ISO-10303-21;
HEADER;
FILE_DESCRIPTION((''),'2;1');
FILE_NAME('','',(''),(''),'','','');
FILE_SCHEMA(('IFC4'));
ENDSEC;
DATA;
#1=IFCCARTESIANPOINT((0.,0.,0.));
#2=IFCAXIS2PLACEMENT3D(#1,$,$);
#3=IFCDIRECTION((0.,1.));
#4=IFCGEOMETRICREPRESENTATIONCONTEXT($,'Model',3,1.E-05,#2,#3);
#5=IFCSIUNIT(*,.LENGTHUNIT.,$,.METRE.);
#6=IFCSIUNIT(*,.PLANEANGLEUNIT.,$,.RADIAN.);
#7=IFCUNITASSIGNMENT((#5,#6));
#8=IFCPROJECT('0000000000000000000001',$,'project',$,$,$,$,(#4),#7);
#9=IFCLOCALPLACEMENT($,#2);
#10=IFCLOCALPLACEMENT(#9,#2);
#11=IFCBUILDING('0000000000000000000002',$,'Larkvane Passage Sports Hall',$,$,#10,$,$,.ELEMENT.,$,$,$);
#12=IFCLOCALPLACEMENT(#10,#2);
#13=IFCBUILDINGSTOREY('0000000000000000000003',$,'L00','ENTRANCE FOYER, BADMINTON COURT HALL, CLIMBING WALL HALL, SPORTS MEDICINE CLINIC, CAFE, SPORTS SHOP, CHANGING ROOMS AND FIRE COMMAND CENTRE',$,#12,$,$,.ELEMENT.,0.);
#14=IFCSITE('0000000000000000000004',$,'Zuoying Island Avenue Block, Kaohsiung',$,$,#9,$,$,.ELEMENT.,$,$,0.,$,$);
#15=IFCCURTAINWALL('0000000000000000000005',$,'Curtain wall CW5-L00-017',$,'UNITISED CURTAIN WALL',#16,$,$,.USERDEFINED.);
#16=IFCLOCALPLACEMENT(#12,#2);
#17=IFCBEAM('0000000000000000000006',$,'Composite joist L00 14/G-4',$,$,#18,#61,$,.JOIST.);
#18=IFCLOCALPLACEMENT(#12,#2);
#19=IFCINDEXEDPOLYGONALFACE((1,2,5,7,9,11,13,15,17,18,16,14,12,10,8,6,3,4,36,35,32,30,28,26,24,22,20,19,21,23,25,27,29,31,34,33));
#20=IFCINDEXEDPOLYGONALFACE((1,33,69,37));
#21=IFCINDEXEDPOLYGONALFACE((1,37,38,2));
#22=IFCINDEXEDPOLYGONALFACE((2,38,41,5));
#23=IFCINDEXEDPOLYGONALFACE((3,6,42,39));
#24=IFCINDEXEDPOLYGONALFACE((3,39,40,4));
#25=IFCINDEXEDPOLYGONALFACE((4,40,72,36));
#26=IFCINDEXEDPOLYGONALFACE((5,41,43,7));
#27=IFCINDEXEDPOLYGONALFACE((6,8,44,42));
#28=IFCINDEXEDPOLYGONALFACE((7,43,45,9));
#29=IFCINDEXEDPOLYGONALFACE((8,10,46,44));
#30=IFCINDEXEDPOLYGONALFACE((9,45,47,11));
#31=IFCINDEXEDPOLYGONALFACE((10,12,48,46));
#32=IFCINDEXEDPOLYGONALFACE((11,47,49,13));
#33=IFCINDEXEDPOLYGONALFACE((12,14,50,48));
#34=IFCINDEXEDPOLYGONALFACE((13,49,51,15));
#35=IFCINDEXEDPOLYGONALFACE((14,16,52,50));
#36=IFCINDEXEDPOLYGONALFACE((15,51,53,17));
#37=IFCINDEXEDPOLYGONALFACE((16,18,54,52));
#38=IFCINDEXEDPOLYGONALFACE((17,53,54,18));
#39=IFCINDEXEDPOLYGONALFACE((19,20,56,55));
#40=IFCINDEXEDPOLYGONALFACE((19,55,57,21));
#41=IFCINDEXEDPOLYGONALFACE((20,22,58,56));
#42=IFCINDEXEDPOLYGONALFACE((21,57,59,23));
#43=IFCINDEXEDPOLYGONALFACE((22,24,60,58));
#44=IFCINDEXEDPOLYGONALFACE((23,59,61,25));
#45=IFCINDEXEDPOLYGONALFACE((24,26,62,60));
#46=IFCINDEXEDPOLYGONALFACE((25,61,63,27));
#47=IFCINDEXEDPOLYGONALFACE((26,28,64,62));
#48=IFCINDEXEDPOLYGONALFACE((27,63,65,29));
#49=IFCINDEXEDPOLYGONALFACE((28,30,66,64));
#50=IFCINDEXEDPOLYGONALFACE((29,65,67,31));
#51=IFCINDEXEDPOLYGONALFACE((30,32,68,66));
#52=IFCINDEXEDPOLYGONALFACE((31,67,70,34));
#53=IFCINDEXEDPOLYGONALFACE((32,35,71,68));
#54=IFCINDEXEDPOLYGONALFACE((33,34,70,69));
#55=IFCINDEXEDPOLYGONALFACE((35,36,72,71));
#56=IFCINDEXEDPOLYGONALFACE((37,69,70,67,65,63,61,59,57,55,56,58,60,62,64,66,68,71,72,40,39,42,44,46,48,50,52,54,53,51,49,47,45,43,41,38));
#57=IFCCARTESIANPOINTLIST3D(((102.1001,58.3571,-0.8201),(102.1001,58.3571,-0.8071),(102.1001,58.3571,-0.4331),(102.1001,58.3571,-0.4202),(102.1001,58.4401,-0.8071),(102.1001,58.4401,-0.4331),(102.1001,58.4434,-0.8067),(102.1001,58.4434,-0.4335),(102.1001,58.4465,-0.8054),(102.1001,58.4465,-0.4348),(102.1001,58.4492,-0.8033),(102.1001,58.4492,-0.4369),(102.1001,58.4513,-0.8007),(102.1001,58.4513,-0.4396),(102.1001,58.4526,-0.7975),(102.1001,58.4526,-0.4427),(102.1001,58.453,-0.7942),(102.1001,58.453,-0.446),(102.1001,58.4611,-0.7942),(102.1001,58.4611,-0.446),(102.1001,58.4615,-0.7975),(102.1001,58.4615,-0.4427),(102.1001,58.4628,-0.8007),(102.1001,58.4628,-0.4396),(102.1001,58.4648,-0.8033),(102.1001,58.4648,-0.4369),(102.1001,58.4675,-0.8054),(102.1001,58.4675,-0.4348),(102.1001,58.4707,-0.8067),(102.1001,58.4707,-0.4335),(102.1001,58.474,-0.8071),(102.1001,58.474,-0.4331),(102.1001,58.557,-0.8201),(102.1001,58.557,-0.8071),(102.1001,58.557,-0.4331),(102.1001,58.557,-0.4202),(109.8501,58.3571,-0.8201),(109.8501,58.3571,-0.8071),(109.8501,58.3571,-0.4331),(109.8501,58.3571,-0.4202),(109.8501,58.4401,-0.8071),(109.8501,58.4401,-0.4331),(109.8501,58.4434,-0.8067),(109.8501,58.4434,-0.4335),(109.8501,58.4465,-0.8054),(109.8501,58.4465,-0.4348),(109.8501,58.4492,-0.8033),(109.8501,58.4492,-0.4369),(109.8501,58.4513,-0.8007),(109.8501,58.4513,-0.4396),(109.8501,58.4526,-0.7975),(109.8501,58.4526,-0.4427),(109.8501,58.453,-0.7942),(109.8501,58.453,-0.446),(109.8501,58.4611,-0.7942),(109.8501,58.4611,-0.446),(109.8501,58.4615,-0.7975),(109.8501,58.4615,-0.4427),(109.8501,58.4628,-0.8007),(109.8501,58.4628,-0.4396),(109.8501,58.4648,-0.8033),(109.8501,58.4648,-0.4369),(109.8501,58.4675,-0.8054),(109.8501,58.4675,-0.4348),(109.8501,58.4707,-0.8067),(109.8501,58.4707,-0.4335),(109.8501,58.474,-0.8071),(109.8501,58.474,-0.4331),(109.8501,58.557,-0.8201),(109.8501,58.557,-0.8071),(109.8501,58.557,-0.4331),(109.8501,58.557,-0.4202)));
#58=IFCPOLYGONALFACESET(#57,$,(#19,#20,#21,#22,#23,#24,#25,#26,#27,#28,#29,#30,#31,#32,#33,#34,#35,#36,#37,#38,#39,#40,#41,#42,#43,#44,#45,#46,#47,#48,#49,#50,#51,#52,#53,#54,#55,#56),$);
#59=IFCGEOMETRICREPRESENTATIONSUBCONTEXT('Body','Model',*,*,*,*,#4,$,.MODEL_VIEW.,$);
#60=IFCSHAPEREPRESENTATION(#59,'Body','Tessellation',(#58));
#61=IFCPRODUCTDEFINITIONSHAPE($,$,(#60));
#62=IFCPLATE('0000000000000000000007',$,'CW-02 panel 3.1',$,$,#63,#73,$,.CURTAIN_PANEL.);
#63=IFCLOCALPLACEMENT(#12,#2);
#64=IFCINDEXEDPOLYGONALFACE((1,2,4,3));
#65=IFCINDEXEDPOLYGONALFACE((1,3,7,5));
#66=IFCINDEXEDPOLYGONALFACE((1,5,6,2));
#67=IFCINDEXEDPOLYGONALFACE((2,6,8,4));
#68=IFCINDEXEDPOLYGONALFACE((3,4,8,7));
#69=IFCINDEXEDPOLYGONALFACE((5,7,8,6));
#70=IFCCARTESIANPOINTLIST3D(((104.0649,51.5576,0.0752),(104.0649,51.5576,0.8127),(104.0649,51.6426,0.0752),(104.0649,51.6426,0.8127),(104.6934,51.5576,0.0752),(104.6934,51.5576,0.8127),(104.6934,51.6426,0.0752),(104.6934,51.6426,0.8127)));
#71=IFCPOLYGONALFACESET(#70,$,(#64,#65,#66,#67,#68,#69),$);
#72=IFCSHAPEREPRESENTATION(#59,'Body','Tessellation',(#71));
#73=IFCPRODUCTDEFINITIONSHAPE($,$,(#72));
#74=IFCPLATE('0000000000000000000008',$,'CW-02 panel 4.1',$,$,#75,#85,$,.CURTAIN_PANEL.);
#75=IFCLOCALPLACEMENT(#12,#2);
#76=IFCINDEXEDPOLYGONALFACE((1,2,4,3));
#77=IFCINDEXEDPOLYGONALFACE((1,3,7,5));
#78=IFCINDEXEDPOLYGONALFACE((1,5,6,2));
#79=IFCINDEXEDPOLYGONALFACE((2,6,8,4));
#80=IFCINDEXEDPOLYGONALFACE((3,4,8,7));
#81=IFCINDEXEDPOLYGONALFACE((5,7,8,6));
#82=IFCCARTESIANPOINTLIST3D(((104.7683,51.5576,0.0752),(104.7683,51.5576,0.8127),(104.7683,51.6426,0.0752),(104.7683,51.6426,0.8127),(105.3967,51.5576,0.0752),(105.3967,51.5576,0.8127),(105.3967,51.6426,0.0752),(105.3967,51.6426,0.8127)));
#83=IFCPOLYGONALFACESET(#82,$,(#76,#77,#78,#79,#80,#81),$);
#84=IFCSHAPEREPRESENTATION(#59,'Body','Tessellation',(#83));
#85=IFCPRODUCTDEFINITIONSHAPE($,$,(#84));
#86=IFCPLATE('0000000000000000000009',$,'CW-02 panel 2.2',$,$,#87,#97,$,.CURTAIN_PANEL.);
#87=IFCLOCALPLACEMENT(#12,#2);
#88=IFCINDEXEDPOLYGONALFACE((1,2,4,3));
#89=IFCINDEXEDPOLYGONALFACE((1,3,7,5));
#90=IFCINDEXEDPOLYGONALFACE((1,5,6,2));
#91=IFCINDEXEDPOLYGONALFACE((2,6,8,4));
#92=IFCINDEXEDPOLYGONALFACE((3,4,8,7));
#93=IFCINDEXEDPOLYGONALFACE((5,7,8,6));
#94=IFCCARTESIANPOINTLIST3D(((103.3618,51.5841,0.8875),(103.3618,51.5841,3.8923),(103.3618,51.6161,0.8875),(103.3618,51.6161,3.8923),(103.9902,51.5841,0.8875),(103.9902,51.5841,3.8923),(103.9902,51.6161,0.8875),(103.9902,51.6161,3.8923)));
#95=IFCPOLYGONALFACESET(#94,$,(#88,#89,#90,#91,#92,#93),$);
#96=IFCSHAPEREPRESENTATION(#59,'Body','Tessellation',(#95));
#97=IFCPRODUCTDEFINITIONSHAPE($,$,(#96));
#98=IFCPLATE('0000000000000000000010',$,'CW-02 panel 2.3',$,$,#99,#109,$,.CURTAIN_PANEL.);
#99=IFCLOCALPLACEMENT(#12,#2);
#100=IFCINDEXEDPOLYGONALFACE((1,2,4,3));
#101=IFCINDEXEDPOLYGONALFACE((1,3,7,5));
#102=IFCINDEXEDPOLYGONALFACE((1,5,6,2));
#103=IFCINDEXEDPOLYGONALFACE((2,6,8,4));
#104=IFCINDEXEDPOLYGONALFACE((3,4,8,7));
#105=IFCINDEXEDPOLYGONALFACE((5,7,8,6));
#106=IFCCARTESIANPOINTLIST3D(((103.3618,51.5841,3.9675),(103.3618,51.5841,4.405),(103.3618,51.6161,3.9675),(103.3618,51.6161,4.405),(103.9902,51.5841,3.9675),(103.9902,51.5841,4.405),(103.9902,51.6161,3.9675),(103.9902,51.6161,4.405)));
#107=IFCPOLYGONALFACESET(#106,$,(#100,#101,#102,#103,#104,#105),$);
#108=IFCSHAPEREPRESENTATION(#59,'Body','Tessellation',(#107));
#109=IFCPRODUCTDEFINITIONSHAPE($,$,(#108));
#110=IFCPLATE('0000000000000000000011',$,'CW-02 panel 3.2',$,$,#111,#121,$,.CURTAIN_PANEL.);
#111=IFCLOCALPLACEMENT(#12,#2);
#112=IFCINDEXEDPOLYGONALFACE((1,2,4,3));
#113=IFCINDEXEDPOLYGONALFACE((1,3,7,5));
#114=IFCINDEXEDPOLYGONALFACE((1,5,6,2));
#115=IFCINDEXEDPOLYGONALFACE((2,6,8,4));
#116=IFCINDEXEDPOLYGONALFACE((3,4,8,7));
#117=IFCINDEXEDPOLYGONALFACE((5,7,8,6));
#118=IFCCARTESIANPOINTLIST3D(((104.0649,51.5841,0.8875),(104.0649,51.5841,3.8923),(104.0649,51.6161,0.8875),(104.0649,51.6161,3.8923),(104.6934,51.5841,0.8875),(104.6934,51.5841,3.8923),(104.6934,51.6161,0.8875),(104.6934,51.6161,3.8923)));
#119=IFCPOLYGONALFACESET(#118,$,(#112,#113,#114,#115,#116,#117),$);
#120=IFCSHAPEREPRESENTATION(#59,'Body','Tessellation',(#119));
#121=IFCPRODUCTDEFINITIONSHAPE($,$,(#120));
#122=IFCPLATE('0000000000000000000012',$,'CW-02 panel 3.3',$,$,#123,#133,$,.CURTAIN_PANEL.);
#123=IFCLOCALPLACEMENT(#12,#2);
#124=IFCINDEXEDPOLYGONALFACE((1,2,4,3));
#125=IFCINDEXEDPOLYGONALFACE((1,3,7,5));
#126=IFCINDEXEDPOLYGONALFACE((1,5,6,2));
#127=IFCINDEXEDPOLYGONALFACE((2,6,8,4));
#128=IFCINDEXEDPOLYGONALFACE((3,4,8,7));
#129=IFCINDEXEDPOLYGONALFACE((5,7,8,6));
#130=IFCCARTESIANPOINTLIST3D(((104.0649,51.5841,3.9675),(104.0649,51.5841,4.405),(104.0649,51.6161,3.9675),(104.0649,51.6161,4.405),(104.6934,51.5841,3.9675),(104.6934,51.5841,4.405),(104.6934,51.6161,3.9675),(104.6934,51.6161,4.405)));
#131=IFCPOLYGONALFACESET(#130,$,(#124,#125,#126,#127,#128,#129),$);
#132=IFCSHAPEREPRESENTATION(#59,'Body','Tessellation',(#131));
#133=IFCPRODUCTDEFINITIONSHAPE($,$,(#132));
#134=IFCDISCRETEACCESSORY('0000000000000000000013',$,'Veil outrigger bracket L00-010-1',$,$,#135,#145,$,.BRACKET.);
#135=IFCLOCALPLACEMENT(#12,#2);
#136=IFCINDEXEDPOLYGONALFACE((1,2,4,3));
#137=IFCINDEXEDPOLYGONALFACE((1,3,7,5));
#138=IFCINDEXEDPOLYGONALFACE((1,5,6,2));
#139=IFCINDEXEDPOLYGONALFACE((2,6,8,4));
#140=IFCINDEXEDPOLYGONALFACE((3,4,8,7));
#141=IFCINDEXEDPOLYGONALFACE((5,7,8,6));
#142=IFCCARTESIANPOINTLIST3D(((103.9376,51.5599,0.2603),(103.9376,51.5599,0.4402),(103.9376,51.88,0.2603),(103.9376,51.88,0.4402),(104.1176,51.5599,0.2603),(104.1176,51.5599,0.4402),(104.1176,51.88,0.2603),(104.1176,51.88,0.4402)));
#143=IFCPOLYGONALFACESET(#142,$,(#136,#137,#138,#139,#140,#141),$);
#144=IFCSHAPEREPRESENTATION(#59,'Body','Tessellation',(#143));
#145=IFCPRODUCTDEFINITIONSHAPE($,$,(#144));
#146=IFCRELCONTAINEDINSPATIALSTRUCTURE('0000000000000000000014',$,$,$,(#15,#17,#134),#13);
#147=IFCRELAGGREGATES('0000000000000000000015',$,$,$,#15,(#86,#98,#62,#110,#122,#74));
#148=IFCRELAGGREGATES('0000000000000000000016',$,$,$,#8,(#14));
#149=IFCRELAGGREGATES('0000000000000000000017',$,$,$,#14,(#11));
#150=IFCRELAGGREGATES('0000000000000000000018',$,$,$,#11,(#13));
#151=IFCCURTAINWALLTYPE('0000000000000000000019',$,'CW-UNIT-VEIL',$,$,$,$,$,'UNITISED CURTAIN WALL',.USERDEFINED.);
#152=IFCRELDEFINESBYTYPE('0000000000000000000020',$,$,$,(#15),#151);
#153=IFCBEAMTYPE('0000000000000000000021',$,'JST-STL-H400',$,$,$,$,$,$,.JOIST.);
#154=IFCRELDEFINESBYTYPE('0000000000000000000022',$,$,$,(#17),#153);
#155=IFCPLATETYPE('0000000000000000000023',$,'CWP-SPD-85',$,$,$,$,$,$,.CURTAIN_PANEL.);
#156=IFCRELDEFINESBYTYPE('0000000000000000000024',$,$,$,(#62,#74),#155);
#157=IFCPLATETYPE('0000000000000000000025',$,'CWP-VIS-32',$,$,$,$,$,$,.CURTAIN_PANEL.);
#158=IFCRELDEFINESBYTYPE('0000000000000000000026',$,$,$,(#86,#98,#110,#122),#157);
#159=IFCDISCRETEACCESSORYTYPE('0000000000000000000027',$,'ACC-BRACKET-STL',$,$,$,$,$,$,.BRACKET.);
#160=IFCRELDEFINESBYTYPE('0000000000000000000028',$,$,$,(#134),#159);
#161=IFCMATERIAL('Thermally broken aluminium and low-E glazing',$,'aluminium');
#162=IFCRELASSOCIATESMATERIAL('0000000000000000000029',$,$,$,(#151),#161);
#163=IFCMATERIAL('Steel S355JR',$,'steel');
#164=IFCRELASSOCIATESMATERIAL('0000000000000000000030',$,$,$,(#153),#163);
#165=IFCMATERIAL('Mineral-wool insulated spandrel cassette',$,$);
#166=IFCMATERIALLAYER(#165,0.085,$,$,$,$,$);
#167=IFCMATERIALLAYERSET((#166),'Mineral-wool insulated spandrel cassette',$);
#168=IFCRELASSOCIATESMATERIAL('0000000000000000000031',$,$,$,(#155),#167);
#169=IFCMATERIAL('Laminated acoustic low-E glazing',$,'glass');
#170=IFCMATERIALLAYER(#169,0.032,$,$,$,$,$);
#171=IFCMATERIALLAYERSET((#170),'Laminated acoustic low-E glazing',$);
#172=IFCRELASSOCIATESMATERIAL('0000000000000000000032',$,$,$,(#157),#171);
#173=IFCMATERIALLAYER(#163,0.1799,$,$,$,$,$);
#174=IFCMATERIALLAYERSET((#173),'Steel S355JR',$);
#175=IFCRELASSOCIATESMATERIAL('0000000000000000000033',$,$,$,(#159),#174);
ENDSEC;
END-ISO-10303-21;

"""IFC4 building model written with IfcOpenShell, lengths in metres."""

from ifc_helpers import new_model, si_unit, direction, frame, origin, origin_2d, place, context, subcontext, project, spatial, rectangle, i_section, extrude, material, layer, layer_set, material_profile, profile_set, type_object, element, aggregate, save


model = new_model("IFC4")

# Units and contexts
model_context = context("Model", 3, precision=1e-05, world=origin(), true_north=direction((0.0, 1.0)))
body_context = subcontext(model_context, "Body", "Model", "MODEL_VIEW")
ifc_project = project(units=[si_unit("LENGTHUNIT", "METRE"), si_unit("PLANEANGLEUNIT", "RADIAN")], contexts=[model_context])

# Site, building, storey
site_placement = place(None, origin())
site = spatial("IfcSite", under=ifc_project, at=site_placement, Name="Zuoying Island Avenue Block, Kaohsiung", CompositionType="ELEMENT", RefElevation=0.0)
building_placement = place(site_placement, origin())
building = spatial("IfcBuilding", under=site, at=building_placement, Name="Larkvane Passage Sports Hall", CompositionType="ELEMENT")
storey_placement = place(building_placement, origin())
storey = spatial("IfcBuildingStorey", under=building, at=storey_placement, Name="L00", Description="ENTRANCE FOYER, BADMINTON COURT HALL, CLIMBING WALL HALL, SPORTS MEDICINE CLINIC, CAFE, SPORTS SHOP, CHANGING ROOMS AND FIRE COMMAND CENTRE", CompositionType="ELEMENT", Elevation=0.0)

# Curtain wall
ifc_material_1 = material(Name="Thermally broken aluminium and low-E glazing", Category="aluminium")
curtain_wall_type = type_object("IfcCurtainWallType", Name="CW-UNIT-VEIL", ElementType="UNITISED CURTAIN WALL", PredefinedType="USERDEFINED", material=ifc_material_1)
curtain_wall_placement = place(storey_placement, origin())
curtain_wall = element("IfcCurtainWall", 1, at=curtain_wall_placement, inside=storey, type_object=curtain_wall_type, Name="Curtain wall CW5-L00-017", ObjectType="UNITISED CURTAIN WALL", PredefinedType="USERDEFINED")

# Beam
ifc_material_2 = material(Name="Steel S355JR", Category="steel")
ifc_material_profile_1 = material_profile(ifc_material_2, i_section(OverallWidth=0.2, OverallDepth=0.3999, WebThickness=0.0081, FlangeThickness=0.0129, FilletRadius=0.0129, at=origin_2d()), Name="H-400x200x8x13")
ifc_profile_set_1 = profile_set([ifc_material_profile_1], Name="Steel S355JR")
beam_type_1 = type_object("IfcBeamType", Name="JST-STL-H400", PredefinedType="JOIST", material=ifc_profile_set_1)
beam_1_placement = place(storey_placement, frame((102.1001, 58.457, -0.6201), z_axis=(1.0, 0.0, 0.0), x_axis=(0.0, 1.0, 0.0)))
element("IfcBeam", 2, at=beam_1_placement, inside=storey, type_object=beam_type_1, Name="Composite joist L00 14/G-4", PredefinedType="JOIST", context=body_context, shape_type="SweptSolid", body=[
    extrude(i_section(OverallWidth=0.2, OverallDepth=0.3999, WebThickness=0.0081, FlangeThickness=0.0129, FilletRadius=0.0129, at=origin_2d()), origin(), (0.0, 0.0, 1.0), 7.75),
])

# Plates
ifc_material_3 = material(Name="Mineral-wool insulated spandrel cassette")
ifc_layer_1 = layer(ifc_material_3, 0.085)
ifc_layer_set_1 = layer_set([ifc_layer_1], Name="Mineral-wool insulated spandrel cassette")
plate_type_1 = type_object("IfcPlateType", Name="CWP-SPD-85", PredefinedType="CURTAIN_PANEL", material=ifc_layer_set_1)
plate_1_placement = place(storey_placement, frame((104.3792, 51.6001, 0.0752), z_axis=(0.0, 0.0, 1.0), x_axis=(1.0, 0.0, 0.0)))
plate_1 = element("IfcPlate", 3, at=plate_1_placement, type_object=plate_type_1, Name="CW-02 panel 3.1", PredefinedType="CURTAIN_PANEL", context=body_context, shape_type="SweptSolid", body=[
    extrude(rectangle(XDim=0.6284, YDim=0.085, at=origin_2d()), origin(), (0.0, 0.0, 1.0), 0.7375),
])
plate_2_placement = place(storey_placement, frame((105.0825, 51.6001, 0.0752), z_axis=(0.0, 0.0, 1.0), x_axis=(1.0, 0.0, 0.0)))
plate_2 = element("IfcPlate", 4, at=plate_2_placement, type_object=plate_type_1, Name="CW-02 panel 4.1", PredefinedType="CURTAIN_PANEL", context=body_context, shape_type="SweptSolid", body=[
    extrude(rectangle(XDim=0.6284, YDim=0.085, at=origin_2d()), origin(), (0.0, 0.0, 1.0), 0.7375),
])
ifc_material_4 = material(Name="Laminated acoustic low-E glazing", Category="glass")
ifc_layer_2 = layer(ifc_material_4, 0.032)
ifc_layer_set_2 = layer_set([ifc_layer_2], Name="Laminated acoustic low-E glazing")
plate_type_2 = type_object("IfcPlateType", Name="CWP-VIS-32", PredefinedType="CURTAIN_PANEL", material=ifc_layer_set_2)
plate_3_placement = place(storey_placement, frame((103.676, 51.6001, 0.8875), z_axis=(0.0, 0.0, 1.0), x_axis=(1.0, 0.0, 0.0)))
plate_3 = element("IfcPlate", 5, at=plate_3_placement, type_object=plate_type_2, Name="CW-02 panel 2.2", PredefinedType="CURTAIN_PANEL", context=body_context, shape_type="SweptSolid", body=[
    extrude(rectangle(XDim=0.6284, YDim=0.032, at=origin_2d()), origin(), (0.0, 0.0, 1.0), 3.0049),
])
plate_4_placement = place(storey_placement, frame((103.676, 51.6001, 3.9675), z_axis=(0.0, 0.0, 1.0), x_axis=(1.0, 0.0, 0.0)))
plate_4 = element("IfcPlate", 6, at=plate_4_placement, type_object=plate_type_2, Name="CW-02 panel 2.3", PredefinedType="CURTAIN_PANEL", context=body_context, shape_type="SweptSolid", body=[
    extrude(rectangle(XDim=0.6284, YDim=0.032, at=origin_2d()), origin(), (0.0, 0.0, 1.0), 0.4375),
])
plate_5_placement = place(storey_placement, frame((104.3792, 51.6001, 0.8875), z_axis=(0.0, 0.0, 1.0), x_axis=(1.0, 0.0, 0.0)))
plate_5 = element("IfcPlate", 7, at=plate_5_placement, type_object=plate_type_2, Name="CW-02 panel 3.2", PredefinedType="CURTAIN_PANEL", context=body_context, shape_type="SweptSolid", body=[
    extrude(rectangle(XDim=0.6284, YDim=0.032, at=origin_2d()), origin(), (0.0, 0.0, 1.0), 3.0049),
])
plate_6_placement = place(storey_placement, frame((104.3792, 51.6001, 3.9675), z_axis=(0.0, 0.0, 1.0), x_axis=(1.0, 0.0, 0.0)))
plate_6 = element("IfcPlate", 8, at=plate_6_placement, type_object=plate_type_2, Name="CW-02 panel 3.3", PredefinedType="CURTAIN_PANEL", context=body_context, shape_type="SweptSolid", body=[
    extrude(rectangle(XDim=0.6284, YDim=0.032, at=origin_2d()), origin(), (0.0, 0.0, 1.0), 0.4375),
])
aggregate(curtain_wall, [plate_3, plate_4, plate_1, plate_5, plate_6, plate_2])

# Discrete accessory
ifc_layer_3 = layer(ifc_material_2, 0.1799)
ifc_layer_set_3 = layer_set([ifc_layer_3], Name="Steel S355JR")
discrete_accessory_type = type_object("IfcDiscreteAccessoryType", Name="ACC-BRACKET-STL", PredefinedType="BRACKET", material=ifc_layer_set_3)
discrete_accessory_placement = place(storey_placement, frame((104.0276, 51.72, 0.2603), z_axis=(0.0, 0.0, 1.0), x_axis=(1.0, 0.0, 0.0)))
element("IfcDiscreteAccessory", 9, at=discrete_accessory_placement, inside=storey, type_object=discrete_accessory_type, Name="Veil outrigger bracket L00-010-1", PredefinedType="BRACKET", context=body_context, shape_type="SweptSolid", body=[
    extrude(rectangle(XDim=0.1799, YDim=0.3201, at=origin_2d()), origin(), (0.0, 0.0, 1.0), 0.1799),
])

save(model, "model.ifc")
